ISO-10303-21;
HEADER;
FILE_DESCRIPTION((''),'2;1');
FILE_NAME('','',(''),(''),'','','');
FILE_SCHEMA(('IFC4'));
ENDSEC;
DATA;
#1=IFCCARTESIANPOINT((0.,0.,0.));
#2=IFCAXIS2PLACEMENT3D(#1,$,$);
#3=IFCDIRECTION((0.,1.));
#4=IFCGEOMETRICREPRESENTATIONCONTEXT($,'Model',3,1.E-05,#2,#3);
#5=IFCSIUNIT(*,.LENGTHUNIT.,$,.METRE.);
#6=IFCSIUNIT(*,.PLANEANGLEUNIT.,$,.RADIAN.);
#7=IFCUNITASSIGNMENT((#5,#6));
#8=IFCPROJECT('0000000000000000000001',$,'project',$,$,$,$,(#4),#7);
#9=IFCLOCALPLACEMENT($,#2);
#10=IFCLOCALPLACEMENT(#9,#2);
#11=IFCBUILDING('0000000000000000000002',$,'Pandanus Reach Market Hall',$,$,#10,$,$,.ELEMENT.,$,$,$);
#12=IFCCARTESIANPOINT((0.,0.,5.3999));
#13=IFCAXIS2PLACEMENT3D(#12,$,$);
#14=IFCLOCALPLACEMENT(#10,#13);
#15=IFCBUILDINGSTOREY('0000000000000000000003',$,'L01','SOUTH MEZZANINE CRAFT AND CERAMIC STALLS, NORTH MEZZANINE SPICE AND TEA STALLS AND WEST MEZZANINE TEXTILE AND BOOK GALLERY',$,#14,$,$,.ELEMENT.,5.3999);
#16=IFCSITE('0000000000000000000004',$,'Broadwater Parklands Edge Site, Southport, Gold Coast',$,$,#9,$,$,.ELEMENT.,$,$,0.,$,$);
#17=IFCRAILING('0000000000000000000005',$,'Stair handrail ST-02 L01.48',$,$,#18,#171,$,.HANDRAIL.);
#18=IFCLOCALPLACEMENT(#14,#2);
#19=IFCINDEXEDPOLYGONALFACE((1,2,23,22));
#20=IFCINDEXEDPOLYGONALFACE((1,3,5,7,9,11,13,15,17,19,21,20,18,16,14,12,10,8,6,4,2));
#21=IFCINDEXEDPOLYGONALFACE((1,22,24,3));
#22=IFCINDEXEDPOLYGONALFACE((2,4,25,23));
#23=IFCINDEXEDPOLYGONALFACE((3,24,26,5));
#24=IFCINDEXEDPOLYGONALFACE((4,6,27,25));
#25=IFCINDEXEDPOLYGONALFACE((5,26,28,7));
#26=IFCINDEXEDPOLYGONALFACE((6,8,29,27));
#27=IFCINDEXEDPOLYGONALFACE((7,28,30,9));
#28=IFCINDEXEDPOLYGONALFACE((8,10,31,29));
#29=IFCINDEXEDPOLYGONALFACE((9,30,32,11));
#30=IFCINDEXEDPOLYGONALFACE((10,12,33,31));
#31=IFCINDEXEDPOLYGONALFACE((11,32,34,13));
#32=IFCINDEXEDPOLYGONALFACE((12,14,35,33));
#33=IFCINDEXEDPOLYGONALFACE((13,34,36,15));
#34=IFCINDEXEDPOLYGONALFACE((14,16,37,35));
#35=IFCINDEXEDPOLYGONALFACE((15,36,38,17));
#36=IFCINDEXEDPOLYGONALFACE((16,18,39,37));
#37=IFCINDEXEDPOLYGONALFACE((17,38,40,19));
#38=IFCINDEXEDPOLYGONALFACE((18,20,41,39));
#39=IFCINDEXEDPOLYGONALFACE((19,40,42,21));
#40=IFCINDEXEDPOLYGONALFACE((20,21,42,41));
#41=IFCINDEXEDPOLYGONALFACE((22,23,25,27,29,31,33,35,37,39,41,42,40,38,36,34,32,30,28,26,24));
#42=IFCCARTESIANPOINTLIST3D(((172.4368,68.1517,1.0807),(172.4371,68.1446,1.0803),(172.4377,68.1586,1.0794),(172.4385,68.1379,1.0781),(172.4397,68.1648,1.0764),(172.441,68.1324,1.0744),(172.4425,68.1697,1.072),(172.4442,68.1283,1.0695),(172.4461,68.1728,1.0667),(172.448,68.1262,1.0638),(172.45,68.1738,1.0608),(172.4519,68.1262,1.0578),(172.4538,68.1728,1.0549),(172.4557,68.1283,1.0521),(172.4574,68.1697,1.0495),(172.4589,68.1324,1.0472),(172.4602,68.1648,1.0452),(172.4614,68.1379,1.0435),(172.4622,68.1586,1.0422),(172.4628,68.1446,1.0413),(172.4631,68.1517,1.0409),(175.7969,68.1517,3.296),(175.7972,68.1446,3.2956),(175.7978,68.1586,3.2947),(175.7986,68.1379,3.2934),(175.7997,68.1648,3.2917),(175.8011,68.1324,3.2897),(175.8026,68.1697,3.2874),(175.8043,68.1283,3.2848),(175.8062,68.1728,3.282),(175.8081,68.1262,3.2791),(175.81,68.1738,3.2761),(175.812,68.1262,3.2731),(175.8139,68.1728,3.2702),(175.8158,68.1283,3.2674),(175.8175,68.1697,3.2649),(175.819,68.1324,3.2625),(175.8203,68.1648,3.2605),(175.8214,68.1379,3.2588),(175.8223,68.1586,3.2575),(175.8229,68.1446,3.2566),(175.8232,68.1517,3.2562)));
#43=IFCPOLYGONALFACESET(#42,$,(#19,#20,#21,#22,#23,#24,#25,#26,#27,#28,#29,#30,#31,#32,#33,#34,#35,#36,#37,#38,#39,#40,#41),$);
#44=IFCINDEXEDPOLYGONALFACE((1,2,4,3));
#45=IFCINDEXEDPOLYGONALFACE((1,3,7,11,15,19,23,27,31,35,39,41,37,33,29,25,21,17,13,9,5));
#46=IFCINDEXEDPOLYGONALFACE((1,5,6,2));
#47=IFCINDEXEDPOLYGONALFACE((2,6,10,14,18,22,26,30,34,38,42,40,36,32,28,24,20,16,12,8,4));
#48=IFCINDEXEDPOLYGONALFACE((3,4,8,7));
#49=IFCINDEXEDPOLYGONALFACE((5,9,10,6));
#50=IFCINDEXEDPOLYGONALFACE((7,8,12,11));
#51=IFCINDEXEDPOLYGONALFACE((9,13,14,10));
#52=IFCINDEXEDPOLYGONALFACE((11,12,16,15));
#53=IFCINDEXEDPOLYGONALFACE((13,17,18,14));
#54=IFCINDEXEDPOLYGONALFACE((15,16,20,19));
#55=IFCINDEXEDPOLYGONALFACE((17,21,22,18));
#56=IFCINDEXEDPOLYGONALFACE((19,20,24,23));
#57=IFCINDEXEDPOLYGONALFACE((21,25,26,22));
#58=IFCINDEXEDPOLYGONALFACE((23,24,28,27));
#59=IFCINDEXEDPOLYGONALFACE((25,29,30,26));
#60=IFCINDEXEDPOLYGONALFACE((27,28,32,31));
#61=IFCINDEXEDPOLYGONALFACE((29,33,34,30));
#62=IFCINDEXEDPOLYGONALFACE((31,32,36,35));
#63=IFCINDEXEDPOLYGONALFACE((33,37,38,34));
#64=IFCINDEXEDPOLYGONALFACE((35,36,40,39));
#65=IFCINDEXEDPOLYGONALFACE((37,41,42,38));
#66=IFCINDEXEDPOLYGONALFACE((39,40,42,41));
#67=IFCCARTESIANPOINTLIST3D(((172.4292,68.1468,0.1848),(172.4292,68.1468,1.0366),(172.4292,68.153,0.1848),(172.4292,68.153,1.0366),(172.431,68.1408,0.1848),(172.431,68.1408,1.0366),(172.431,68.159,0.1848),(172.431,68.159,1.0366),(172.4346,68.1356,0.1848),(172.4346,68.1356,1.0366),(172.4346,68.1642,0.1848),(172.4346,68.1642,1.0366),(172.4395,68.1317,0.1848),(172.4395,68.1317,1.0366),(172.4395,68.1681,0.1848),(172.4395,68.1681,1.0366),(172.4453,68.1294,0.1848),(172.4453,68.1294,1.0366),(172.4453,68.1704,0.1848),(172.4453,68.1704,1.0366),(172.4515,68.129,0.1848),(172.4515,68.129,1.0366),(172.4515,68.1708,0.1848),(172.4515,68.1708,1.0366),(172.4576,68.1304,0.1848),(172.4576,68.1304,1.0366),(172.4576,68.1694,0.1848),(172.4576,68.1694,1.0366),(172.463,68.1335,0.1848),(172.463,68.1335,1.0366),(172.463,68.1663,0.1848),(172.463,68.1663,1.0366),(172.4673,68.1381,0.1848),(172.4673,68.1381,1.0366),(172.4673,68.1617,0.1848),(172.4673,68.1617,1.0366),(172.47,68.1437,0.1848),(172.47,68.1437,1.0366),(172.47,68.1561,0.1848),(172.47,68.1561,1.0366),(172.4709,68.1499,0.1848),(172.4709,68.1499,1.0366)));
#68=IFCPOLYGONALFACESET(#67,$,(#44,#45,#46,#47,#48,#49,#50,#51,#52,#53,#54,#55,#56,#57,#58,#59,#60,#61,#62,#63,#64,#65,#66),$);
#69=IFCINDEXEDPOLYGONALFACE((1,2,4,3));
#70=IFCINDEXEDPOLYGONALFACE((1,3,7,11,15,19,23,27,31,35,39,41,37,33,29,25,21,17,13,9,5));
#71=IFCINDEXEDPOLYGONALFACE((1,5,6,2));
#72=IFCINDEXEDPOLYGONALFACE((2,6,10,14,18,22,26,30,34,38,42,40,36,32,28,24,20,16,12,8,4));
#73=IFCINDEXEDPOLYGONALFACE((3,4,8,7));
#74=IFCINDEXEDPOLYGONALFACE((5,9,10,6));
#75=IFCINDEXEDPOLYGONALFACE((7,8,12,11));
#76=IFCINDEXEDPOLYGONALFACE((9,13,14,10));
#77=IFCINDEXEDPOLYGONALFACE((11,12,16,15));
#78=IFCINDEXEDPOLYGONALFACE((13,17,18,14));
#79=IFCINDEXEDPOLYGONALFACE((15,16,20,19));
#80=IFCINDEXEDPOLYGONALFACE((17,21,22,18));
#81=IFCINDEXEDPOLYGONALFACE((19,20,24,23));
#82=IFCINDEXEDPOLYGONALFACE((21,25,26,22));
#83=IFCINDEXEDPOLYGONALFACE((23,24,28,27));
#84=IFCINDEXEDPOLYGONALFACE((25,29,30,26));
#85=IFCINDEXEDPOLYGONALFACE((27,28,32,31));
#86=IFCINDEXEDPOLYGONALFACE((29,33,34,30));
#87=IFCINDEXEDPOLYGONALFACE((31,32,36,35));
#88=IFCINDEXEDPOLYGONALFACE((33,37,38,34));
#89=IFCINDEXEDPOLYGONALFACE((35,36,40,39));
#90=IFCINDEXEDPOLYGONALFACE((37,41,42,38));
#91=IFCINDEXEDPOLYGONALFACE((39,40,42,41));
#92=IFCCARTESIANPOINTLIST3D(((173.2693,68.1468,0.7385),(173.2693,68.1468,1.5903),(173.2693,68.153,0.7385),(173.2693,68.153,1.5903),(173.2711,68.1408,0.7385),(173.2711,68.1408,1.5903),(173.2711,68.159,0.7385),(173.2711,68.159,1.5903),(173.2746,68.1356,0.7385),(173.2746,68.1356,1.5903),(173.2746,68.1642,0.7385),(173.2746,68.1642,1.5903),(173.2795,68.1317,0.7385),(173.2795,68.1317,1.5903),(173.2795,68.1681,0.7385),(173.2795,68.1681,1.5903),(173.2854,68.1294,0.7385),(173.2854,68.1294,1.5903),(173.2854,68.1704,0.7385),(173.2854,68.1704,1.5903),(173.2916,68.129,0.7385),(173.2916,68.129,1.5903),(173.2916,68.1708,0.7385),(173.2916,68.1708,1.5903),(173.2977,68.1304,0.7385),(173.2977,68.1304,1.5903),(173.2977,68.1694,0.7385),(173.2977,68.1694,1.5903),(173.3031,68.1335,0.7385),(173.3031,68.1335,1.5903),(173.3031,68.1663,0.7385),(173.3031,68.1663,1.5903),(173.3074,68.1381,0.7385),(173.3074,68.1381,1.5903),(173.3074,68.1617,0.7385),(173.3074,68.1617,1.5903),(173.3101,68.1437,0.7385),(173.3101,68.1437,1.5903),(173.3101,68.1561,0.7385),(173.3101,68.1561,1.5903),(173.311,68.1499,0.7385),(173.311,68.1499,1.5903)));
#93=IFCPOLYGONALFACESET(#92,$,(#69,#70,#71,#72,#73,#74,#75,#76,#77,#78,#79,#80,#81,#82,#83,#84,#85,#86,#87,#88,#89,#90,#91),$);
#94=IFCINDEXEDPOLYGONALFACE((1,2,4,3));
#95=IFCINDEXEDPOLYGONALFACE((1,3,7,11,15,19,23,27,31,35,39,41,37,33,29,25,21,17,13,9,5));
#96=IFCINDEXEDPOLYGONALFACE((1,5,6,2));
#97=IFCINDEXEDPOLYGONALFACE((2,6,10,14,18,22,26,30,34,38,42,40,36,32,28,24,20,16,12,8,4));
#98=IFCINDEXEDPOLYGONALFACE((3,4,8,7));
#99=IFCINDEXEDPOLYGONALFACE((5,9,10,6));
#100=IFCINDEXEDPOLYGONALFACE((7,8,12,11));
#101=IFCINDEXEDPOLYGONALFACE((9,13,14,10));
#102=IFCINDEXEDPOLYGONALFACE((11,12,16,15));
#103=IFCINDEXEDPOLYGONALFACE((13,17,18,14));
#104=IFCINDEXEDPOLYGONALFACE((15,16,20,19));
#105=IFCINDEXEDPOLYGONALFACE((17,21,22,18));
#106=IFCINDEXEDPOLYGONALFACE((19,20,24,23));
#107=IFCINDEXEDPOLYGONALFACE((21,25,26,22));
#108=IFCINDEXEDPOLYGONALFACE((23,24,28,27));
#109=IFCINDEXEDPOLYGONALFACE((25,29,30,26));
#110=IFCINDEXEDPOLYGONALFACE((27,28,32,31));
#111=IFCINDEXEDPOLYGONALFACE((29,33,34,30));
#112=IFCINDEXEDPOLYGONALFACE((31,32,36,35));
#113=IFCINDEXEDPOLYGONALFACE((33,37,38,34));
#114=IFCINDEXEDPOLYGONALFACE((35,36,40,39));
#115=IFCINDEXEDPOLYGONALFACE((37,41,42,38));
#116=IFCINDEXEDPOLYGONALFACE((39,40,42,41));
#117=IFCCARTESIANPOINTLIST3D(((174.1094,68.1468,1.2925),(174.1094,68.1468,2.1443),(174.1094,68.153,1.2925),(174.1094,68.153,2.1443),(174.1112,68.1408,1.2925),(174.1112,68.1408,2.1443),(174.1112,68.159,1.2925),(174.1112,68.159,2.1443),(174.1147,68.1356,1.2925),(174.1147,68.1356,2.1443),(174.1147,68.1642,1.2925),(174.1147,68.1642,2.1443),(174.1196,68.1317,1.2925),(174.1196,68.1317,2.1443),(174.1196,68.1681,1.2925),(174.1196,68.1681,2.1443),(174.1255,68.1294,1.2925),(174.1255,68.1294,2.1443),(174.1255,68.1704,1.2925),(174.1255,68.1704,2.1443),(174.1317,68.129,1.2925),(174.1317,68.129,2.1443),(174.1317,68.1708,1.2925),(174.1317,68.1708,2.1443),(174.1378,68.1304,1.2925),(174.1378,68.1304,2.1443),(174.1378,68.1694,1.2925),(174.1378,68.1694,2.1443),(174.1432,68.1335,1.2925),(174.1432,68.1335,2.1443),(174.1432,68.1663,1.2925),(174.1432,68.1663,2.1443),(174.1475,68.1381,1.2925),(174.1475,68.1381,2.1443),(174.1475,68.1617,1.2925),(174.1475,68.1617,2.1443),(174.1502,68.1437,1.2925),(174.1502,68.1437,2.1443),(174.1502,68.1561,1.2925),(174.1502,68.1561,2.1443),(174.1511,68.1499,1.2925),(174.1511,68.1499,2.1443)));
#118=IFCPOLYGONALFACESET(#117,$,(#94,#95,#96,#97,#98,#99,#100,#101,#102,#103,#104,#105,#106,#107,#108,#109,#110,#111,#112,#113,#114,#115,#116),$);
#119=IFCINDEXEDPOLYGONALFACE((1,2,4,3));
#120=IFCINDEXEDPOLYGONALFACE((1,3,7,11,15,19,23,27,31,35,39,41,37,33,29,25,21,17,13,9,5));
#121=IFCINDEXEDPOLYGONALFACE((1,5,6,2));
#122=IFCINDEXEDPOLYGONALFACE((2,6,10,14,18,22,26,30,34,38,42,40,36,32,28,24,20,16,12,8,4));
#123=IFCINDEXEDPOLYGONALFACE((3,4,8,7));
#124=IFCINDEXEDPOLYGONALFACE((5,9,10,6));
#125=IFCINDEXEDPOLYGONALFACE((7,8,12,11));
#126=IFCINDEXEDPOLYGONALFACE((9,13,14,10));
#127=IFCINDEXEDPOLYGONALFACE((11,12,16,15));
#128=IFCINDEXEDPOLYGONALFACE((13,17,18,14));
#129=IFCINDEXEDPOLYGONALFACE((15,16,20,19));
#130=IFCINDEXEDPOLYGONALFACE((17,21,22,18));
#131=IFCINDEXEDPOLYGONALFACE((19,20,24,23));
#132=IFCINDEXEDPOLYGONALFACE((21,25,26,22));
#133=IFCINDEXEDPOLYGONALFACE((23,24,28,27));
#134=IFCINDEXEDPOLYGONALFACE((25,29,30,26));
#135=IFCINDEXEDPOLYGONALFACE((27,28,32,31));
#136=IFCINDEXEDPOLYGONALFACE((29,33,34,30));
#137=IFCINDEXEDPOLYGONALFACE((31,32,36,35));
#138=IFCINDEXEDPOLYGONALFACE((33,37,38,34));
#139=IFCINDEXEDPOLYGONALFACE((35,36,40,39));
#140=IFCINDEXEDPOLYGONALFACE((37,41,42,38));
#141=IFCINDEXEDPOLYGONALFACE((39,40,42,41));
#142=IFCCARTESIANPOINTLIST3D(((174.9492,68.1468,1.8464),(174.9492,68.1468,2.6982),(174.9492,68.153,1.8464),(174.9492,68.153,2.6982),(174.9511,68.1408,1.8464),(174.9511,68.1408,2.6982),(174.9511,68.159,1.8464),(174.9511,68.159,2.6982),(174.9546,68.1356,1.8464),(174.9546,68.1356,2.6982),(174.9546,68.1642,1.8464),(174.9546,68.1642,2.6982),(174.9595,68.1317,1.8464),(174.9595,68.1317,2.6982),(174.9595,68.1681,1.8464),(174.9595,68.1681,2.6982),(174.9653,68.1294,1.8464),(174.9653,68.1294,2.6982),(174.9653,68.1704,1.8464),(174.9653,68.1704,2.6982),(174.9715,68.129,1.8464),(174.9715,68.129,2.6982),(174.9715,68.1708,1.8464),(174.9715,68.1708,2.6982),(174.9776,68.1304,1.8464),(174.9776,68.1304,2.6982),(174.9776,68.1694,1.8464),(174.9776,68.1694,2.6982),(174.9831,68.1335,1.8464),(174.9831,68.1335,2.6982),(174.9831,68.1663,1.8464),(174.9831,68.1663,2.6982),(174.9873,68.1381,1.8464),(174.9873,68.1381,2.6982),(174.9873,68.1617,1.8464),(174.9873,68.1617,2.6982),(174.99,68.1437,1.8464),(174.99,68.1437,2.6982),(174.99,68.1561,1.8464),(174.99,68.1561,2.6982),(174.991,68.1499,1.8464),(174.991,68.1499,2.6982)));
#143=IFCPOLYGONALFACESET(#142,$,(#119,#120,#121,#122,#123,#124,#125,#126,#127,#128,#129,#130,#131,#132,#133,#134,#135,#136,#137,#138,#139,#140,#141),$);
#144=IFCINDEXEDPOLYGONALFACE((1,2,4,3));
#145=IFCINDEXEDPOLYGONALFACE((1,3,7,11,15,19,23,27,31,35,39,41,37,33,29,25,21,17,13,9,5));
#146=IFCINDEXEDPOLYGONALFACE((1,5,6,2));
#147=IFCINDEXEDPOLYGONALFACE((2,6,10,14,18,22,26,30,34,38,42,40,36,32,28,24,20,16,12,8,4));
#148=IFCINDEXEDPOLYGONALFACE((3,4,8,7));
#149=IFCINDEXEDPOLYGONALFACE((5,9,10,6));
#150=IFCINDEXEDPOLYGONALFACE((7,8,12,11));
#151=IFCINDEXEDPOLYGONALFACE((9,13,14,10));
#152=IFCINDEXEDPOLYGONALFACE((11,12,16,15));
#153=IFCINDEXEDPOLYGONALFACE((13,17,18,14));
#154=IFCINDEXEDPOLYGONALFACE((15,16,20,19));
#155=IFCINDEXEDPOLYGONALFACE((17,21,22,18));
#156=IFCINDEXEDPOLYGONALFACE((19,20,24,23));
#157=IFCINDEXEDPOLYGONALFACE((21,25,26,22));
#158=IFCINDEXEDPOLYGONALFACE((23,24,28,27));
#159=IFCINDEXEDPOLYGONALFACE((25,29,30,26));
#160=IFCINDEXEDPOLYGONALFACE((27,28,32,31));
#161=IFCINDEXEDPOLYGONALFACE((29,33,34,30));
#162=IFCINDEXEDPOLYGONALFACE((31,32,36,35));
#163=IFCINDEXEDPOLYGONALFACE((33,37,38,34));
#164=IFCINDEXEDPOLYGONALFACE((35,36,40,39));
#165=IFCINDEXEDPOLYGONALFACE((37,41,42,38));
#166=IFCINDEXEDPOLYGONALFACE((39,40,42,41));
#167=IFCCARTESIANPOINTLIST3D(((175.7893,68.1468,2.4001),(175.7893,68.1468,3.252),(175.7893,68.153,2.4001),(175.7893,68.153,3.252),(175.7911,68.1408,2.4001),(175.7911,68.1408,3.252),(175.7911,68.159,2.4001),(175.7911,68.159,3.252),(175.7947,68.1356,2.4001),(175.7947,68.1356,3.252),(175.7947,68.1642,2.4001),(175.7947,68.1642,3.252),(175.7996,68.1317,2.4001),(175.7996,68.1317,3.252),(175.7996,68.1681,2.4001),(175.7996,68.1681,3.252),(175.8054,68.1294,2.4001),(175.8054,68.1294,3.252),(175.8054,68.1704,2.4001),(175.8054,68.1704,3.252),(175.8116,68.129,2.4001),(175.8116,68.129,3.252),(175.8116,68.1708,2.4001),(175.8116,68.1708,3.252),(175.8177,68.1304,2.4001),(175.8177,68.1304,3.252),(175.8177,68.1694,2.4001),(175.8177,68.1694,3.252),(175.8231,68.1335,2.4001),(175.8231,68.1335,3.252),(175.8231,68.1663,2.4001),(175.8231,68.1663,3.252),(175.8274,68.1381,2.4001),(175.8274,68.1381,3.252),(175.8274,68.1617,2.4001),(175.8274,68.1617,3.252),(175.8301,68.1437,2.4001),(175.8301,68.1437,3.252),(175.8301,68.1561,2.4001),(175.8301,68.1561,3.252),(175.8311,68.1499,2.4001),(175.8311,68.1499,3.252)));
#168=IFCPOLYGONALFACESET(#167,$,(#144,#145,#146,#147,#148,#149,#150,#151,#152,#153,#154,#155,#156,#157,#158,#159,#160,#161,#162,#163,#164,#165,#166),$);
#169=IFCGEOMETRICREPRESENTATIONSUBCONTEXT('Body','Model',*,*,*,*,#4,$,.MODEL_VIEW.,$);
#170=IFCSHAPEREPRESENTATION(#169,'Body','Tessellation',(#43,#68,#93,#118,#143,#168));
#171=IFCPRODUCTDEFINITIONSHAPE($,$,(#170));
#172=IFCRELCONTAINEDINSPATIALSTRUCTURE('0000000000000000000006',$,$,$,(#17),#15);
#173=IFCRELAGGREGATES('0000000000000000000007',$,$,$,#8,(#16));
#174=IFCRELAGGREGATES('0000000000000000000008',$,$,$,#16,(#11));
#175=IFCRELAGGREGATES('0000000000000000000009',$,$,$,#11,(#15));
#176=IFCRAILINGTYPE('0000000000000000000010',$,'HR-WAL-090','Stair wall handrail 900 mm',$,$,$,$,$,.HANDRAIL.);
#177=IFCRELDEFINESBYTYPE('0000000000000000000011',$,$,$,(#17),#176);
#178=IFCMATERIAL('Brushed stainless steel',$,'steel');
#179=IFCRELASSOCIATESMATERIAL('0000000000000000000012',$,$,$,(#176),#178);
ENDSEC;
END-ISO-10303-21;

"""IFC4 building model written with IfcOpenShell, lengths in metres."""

from ifc_helpers import new_model, si_unit, direction, frame, origin, origin_2d, place, context, subcontext, project, spatial, circle, extrude, material, type_object, element, save


model = new_model("IFC4")

# Units and contexts
model_context = context("Model", 3, precision=1e-05, world=origin(), true_north=direction((0.0, 1.0)))
body_context = subcontext(model_context, "Body", "Model", "MODEL_VIEW")
ifc_project = project(units=[si_unit("LENGTHUNIT", "METRE"), si_unit("PLANEANGLEUNIT", "RADIAN")], contexts=[model_context])

# Site, building, storey
site_placement = place(None, origin())
site = spatial("IfcSite", under=ifc_project, at=site_placement, Name="Broadwater Parklands Edge Site, Southport, Gold Coast", CompositionType="ELEMENT", RefElevation=0.0)
building_placement = place(site_placement, origin())
building = spatial("IfcBuilding", under=site, at=building_placement, Name="Pandanus Reach Market Hall", CompositionType="ELEMENT")
storey_placement = place(building_placement, frame((0.0, 0.0, 5.3999)))
storey = spatial("IfcBuildingStorey", under=building, at=storey_placement, Name="L01", Description="SOUTH MEZZANINE CRAFT AND CERAMIC STALLS, NORTH MEZZANINE SPICE AND TEA STALLS AND WEST MEZZANINE TEXTILE AND BOOK GALLERY", CompositionType="ELEMENT", Elevation=5.3999)

# Railing
ifc_material_1 = material(Name="Brushed stainless steel", Category="steel")
railing_type_1 = type_object("IfcRailingType", Name="HR-WAL-090", Description="Stair wall handrail 900 mm", PredefinedType="HANDRAIL", material=ifc_material_1)
railing_1_placement = place(storey_placement, frame((172.45, 68.1499, 0.1848)))
element("IfcRailing", 1, at=railing_1_placement, inside=storey, type_object=railing_type_1, Name="Stair handrail ST-02 L01.48", PredefinedType="HANDRAIL", context=body_context, shape_type="SweptSolid", body=[
    extrude(circle(Radius=0.0239, at=origin_2d()), frame((0.0, 0.0, 0.876), z_axis=(0.834876, 0.0, 0.550437), x_axis=(0.0, 1.0, 0.0)), (0.0, 0.0, 1.0), 4.0247),
    extrude(circle(Radius=0.021, at=origin_2d()), origin(), (0.0, 0.0, 1.0), 0.8518),
    extrude(circle(Radius=0.021, at=origin_2d()), frame((0.8401, 0.0, 0.5537)), (0.0, 0.0, 1.0), 0.8518),
    extrude(circle(Radius=0.021, at=origin_2d()), frame((1.6802, 0.0, 1.1077)), (0.0, 0.0, 1.0), 0.8518),
    extrude(circle(Radius=0.021, at=origin_2d()), frame((2.52, 0.0, 1.6616)), (0.0, 0.0, 1.0), 0.8518),
    extrude(circle(Radius=0.021, at=origin_2d()), frame((3.3601, 0.0, 2.2153)), (0.0, 0.0, 1.0), 0.8518),
])

save(model, "model.ifc")
